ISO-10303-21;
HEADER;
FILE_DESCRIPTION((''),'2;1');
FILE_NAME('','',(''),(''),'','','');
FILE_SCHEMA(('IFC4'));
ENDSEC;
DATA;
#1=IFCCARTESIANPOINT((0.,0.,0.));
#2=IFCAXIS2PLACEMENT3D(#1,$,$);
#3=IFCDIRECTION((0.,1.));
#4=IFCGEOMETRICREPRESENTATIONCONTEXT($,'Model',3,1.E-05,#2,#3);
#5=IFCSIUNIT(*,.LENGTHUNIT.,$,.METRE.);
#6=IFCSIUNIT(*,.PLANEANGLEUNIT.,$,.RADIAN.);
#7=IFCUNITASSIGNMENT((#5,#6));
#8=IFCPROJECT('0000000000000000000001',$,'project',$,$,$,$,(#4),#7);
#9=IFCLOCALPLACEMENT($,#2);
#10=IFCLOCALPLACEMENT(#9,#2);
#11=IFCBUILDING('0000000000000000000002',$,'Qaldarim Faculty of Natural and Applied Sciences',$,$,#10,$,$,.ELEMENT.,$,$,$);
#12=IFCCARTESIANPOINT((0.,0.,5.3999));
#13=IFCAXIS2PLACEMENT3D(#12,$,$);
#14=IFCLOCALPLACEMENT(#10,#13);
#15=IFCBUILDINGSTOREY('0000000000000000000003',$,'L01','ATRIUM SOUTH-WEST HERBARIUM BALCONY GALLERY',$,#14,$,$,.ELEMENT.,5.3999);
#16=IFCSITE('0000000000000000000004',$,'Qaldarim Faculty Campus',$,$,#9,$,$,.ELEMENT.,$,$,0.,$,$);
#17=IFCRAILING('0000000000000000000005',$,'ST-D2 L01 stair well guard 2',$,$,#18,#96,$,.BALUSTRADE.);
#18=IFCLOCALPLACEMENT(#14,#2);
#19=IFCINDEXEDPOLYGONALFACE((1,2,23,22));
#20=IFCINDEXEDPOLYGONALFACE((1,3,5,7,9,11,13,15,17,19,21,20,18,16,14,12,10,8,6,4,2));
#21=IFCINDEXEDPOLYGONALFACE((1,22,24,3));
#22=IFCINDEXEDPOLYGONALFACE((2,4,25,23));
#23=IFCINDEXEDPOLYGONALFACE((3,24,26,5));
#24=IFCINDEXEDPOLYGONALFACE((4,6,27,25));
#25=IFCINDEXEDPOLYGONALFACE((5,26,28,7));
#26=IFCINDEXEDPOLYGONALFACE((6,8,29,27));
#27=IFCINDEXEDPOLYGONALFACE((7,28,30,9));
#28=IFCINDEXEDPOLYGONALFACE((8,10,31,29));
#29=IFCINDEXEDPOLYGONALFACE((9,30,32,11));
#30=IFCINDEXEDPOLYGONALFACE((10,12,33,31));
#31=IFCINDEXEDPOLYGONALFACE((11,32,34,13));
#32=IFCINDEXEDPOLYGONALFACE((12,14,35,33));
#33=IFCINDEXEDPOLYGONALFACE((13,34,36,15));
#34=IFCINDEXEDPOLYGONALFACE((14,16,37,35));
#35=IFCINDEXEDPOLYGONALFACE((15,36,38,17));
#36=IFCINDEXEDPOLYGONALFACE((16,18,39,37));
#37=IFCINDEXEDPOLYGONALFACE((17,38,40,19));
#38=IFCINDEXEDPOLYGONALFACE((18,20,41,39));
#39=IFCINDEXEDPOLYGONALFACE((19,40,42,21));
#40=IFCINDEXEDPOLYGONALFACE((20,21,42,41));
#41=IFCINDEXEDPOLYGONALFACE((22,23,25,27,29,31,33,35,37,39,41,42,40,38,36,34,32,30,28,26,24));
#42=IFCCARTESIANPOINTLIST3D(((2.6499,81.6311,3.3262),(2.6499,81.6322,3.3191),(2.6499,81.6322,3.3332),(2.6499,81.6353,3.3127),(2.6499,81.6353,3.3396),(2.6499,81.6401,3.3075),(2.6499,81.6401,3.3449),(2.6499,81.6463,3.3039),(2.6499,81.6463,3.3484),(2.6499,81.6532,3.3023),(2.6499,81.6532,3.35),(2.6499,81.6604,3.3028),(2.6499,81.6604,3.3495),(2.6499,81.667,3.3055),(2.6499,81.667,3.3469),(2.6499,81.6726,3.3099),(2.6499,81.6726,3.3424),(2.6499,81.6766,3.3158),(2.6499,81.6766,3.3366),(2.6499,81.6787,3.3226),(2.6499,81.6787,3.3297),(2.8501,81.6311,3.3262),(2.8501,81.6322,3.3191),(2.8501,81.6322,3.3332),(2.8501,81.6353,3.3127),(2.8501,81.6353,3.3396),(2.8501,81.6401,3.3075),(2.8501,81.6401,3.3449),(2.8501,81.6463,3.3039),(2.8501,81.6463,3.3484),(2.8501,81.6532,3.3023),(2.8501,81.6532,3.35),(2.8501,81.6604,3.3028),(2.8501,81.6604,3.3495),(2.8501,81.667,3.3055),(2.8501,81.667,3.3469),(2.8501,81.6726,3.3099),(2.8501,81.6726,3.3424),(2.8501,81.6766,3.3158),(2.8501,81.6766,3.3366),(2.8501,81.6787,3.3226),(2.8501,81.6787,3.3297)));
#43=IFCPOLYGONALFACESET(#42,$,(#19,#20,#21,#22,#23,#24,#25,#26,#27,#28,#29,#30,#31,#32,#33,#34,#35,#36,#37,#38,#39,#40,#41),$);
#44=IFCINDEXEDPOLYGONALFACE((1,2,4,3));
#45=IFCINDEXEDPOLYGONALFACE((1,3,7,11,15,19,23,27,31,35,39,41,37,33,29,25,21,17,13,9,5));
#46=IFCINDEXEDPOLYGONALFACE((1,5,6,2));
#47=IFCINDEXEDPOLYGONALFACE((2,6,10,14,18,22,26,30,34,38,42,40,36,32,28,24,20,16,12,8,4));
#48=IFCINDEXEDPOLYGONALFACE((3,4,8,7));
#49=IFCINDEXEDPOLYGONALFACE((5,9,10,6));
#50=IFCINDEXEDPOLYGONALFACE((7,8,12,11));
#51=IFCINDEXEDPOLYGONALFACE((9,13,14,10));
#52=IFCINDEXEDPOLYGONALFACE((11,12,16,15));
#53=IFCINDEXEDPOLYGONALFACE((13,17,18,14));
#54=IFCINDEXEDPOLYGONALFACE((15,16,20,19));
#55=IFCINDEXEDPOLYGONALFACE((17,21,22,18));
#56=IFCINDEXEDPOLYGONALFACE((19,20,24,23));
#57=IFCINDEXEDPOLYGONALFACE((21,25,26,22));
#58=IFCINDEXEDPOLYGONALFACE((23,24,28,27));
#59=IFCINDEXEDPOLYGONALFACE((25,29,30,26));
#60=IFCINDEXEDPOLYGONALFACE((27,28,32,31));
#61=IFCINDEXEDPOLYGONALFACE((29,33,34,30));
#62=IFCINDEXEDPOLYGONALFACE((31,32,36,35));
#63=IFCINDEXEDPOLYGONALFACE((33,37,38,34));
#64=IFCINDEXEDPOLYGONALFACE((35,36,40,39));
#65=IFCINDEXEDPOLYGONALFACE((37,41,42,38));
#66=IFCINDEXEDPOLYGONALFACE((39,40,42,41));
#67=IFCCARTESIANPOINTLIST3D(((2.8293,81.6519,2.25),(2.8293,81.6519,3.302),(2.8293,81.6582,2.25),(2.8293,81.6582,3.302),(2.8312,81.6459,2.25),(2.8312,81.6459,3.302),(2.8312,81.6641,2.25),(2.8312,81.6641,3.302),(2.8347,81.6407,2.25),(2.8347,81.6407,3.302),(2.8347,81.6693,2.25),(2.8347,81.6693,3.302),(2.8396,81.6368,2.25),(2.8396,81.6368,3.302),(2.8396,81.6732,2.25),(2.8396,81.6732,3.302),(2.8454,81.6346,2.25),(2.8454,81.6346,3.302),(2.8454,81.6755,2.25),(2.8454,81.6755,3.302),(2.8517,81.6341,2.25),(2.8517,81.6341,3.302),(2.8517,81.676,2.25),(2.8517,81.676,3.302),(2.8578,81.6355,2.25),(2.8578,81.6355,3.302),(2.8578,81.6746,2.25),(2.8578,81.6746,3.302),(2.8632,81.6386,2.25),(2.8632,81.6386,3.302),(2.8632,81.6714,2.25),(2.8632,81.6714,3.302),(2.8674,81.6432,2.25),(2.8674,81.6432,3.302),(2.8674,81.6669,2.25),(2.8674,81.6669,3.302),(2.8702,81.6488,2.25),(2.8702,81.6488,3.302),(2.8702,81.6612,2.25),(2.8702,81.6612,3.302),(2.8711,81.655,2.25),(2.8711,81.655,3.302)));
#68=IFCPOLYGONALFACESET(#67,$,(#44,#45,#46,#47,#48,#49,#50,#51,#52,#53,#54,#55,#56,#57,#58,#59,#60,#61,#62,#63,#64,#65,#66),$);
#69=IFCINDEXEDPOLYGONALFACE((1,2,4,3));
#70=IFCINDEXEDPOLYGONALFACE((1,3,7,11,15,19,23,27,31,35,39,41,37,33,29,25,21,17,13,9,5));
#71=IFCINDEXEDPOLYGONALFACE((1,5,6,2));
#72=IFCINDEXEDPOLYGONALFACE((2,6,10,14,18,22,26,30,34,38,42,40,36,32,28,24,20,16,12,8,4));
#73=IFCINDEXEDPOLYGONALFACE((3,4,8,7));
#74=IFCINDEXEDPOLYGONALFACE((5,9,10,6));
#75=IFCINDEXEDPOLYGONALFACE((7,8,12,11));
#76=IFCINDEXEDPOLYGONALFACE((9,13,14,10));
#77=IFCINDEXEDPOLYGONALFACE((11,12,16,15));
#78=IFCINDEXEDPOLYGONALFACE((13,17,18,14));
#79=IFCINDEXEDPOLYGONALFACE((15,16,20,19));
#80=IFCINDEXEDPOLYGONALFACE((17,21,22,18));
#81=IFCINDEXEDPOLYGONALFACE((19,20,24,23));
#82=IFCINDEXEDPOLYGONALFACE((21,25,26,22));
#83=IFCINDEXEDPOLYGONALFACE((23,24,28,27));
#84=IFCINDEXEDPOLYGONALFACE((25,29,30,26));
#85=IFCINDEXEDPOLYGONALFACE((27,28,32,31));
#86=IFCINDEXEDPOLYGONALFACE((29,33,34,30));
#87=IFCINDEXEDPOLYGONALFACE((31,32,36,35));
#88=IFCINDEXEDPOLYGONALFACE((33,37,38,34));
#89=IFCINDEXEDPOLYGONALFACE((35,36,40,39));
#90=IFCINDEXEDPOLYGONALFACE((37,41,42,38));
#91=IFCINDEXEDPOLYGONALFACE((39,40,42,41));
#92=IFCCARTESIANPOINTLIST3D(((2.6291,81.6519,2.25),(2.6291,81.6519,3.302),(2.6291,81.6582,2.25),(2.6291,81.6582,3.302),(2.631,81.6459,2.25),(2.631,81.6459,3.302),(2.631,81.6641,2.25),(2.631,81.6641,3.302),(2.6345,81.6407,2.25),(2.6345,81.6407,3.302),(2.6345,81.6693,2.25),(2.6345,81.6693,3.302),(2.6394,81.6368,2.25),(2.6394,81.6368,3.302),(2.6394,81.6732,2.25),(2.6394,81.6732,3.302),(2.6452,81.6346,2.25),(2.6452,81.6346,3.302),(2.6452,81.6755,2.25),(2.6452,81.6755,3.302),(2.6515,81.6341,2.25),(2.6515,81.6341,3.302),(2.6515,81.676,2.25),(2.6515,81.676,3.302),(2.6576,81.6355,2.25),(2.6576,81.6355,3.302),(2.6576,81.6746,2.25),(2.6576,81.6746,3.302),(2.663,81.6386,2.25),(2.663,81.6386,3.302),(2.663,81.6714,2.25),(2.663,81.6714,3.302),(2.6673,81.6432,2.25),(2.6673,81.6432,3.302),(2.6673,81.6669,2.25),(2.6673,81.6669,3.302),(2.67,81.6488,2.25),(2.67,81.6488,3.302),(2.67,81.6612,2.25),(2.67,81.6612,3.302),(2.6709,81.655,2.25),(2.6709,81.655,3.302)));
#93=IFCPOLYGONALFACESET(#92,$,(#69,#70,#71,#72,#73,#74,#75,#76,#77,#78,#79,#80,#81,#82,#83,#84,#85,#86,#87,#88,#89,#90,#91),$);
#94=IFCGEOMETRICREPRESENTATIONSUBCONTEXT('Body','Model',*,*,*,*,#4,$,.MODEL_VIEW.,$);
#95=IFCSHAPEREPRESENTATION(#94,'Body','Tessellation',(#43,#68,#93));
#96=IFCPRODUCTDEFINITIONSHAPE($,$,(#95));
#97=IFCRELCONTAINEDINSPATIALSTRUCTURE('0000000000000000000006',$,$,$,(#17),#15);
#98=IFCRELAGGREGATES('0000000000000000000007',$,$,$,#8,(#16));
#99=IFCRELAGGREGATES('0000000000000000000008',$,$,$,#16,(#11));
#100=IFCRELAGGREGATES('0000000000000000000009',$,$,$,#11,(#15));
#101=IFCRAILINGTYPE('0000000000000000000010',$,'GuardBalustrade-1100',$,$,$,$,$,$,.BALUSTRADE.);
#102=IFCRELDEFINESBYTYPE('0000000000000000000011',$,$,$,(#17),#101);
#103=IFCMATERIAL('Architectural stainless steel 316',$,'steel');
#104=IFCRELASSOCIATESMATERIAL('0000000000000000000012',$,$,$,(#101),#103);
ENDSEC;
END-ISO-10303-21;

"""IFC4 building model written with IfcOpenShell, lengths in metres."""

from ifc_helpers import new_model, si_unit, direction, frame, origin, origin_2d, place, context, subcontext, project, spatial, circle, extrude, material, type_object, element, save


model = new_model("IFC4")

# Units and contexts
model_context = context("Model", 3, precision=1e-05, world=origin(), true_north=direction((0.0, 1.0)))
body_context = subcontext(model_context, "Body", "Model", "MODEL_VIEW")
ifc_project = project(units=[si_unit("LENGTHUNIT", "METRE"), si_unit("PLANEANGLEUNIT", "RADIAN")], contexts=[model_context])

# Site, building, storey
site_placement = place(None, origin())
site = spatial("IfcSite", under=ifc_project, at=site_placement, Name="Qaldarim Faculty Campus", CompositionType="ELEMENT", RefElevation=0.0)
building_placement = place(site_placement, origin())
building = spatial("IfcBuilding", under=site, at=building_placement, Name="Qaldarim Faculty of Natural and Applied Sciences", CompositionType="ELEMENT")
storey_placement = place(building_placement, frame((0.0, 0.0, 5.3999)))
storey = spatial("IfcBuildingStorey", under=building, at=storey_placement, Name="L01", Description="ATRIUM SOUTH-WEST HERBARIUM BALCONY GALLERY", CompositionType="ELEMENT", Elevation=5.3999)

# Shared definitions
ifc_material_1 = material(Name="Architectural stainless steel 316", Category="steel")

# Railing
railing_type_1 = type_object("IfcRailingType", Name="GuardBalustrade-1100", PredefinedType="BALUSTRADE", material=ifc_material_1)
railing_1_placement = place(storey_placement, frame((2.8501, 81.655, 2.25)))
element("IfcRailing", 1, at=railing_1_placement, inside=storey, type_object=railing_type_1, Name="ST-D2 L01 stair well guard 2", PredefinedType="BALUSTRADE", context=body_context, shape_type="SweptSolid", body=[
    extrude(circle(Radius=0.0239, at=origin_2d()), frame((0.0, 0.0, 1.0762), z_axis=(-1.0, 0.0, 0.0), x_axis=(0.0, -1.0, 0.0)), (0.0, 0.0, 1.0), 0.2002),
    extrude(circle(Radius=0.021, at=origin_2d()), origin(), (0.0, 0.0, 1.0), 1.052),
    extrude(circle(Radius=0.021, at=origin_2d()), frame((-0.2002, 0.0, 0.0)), (0.0, 0.0, 1.0), 1.052),
])

save(model, "model.ifc")
